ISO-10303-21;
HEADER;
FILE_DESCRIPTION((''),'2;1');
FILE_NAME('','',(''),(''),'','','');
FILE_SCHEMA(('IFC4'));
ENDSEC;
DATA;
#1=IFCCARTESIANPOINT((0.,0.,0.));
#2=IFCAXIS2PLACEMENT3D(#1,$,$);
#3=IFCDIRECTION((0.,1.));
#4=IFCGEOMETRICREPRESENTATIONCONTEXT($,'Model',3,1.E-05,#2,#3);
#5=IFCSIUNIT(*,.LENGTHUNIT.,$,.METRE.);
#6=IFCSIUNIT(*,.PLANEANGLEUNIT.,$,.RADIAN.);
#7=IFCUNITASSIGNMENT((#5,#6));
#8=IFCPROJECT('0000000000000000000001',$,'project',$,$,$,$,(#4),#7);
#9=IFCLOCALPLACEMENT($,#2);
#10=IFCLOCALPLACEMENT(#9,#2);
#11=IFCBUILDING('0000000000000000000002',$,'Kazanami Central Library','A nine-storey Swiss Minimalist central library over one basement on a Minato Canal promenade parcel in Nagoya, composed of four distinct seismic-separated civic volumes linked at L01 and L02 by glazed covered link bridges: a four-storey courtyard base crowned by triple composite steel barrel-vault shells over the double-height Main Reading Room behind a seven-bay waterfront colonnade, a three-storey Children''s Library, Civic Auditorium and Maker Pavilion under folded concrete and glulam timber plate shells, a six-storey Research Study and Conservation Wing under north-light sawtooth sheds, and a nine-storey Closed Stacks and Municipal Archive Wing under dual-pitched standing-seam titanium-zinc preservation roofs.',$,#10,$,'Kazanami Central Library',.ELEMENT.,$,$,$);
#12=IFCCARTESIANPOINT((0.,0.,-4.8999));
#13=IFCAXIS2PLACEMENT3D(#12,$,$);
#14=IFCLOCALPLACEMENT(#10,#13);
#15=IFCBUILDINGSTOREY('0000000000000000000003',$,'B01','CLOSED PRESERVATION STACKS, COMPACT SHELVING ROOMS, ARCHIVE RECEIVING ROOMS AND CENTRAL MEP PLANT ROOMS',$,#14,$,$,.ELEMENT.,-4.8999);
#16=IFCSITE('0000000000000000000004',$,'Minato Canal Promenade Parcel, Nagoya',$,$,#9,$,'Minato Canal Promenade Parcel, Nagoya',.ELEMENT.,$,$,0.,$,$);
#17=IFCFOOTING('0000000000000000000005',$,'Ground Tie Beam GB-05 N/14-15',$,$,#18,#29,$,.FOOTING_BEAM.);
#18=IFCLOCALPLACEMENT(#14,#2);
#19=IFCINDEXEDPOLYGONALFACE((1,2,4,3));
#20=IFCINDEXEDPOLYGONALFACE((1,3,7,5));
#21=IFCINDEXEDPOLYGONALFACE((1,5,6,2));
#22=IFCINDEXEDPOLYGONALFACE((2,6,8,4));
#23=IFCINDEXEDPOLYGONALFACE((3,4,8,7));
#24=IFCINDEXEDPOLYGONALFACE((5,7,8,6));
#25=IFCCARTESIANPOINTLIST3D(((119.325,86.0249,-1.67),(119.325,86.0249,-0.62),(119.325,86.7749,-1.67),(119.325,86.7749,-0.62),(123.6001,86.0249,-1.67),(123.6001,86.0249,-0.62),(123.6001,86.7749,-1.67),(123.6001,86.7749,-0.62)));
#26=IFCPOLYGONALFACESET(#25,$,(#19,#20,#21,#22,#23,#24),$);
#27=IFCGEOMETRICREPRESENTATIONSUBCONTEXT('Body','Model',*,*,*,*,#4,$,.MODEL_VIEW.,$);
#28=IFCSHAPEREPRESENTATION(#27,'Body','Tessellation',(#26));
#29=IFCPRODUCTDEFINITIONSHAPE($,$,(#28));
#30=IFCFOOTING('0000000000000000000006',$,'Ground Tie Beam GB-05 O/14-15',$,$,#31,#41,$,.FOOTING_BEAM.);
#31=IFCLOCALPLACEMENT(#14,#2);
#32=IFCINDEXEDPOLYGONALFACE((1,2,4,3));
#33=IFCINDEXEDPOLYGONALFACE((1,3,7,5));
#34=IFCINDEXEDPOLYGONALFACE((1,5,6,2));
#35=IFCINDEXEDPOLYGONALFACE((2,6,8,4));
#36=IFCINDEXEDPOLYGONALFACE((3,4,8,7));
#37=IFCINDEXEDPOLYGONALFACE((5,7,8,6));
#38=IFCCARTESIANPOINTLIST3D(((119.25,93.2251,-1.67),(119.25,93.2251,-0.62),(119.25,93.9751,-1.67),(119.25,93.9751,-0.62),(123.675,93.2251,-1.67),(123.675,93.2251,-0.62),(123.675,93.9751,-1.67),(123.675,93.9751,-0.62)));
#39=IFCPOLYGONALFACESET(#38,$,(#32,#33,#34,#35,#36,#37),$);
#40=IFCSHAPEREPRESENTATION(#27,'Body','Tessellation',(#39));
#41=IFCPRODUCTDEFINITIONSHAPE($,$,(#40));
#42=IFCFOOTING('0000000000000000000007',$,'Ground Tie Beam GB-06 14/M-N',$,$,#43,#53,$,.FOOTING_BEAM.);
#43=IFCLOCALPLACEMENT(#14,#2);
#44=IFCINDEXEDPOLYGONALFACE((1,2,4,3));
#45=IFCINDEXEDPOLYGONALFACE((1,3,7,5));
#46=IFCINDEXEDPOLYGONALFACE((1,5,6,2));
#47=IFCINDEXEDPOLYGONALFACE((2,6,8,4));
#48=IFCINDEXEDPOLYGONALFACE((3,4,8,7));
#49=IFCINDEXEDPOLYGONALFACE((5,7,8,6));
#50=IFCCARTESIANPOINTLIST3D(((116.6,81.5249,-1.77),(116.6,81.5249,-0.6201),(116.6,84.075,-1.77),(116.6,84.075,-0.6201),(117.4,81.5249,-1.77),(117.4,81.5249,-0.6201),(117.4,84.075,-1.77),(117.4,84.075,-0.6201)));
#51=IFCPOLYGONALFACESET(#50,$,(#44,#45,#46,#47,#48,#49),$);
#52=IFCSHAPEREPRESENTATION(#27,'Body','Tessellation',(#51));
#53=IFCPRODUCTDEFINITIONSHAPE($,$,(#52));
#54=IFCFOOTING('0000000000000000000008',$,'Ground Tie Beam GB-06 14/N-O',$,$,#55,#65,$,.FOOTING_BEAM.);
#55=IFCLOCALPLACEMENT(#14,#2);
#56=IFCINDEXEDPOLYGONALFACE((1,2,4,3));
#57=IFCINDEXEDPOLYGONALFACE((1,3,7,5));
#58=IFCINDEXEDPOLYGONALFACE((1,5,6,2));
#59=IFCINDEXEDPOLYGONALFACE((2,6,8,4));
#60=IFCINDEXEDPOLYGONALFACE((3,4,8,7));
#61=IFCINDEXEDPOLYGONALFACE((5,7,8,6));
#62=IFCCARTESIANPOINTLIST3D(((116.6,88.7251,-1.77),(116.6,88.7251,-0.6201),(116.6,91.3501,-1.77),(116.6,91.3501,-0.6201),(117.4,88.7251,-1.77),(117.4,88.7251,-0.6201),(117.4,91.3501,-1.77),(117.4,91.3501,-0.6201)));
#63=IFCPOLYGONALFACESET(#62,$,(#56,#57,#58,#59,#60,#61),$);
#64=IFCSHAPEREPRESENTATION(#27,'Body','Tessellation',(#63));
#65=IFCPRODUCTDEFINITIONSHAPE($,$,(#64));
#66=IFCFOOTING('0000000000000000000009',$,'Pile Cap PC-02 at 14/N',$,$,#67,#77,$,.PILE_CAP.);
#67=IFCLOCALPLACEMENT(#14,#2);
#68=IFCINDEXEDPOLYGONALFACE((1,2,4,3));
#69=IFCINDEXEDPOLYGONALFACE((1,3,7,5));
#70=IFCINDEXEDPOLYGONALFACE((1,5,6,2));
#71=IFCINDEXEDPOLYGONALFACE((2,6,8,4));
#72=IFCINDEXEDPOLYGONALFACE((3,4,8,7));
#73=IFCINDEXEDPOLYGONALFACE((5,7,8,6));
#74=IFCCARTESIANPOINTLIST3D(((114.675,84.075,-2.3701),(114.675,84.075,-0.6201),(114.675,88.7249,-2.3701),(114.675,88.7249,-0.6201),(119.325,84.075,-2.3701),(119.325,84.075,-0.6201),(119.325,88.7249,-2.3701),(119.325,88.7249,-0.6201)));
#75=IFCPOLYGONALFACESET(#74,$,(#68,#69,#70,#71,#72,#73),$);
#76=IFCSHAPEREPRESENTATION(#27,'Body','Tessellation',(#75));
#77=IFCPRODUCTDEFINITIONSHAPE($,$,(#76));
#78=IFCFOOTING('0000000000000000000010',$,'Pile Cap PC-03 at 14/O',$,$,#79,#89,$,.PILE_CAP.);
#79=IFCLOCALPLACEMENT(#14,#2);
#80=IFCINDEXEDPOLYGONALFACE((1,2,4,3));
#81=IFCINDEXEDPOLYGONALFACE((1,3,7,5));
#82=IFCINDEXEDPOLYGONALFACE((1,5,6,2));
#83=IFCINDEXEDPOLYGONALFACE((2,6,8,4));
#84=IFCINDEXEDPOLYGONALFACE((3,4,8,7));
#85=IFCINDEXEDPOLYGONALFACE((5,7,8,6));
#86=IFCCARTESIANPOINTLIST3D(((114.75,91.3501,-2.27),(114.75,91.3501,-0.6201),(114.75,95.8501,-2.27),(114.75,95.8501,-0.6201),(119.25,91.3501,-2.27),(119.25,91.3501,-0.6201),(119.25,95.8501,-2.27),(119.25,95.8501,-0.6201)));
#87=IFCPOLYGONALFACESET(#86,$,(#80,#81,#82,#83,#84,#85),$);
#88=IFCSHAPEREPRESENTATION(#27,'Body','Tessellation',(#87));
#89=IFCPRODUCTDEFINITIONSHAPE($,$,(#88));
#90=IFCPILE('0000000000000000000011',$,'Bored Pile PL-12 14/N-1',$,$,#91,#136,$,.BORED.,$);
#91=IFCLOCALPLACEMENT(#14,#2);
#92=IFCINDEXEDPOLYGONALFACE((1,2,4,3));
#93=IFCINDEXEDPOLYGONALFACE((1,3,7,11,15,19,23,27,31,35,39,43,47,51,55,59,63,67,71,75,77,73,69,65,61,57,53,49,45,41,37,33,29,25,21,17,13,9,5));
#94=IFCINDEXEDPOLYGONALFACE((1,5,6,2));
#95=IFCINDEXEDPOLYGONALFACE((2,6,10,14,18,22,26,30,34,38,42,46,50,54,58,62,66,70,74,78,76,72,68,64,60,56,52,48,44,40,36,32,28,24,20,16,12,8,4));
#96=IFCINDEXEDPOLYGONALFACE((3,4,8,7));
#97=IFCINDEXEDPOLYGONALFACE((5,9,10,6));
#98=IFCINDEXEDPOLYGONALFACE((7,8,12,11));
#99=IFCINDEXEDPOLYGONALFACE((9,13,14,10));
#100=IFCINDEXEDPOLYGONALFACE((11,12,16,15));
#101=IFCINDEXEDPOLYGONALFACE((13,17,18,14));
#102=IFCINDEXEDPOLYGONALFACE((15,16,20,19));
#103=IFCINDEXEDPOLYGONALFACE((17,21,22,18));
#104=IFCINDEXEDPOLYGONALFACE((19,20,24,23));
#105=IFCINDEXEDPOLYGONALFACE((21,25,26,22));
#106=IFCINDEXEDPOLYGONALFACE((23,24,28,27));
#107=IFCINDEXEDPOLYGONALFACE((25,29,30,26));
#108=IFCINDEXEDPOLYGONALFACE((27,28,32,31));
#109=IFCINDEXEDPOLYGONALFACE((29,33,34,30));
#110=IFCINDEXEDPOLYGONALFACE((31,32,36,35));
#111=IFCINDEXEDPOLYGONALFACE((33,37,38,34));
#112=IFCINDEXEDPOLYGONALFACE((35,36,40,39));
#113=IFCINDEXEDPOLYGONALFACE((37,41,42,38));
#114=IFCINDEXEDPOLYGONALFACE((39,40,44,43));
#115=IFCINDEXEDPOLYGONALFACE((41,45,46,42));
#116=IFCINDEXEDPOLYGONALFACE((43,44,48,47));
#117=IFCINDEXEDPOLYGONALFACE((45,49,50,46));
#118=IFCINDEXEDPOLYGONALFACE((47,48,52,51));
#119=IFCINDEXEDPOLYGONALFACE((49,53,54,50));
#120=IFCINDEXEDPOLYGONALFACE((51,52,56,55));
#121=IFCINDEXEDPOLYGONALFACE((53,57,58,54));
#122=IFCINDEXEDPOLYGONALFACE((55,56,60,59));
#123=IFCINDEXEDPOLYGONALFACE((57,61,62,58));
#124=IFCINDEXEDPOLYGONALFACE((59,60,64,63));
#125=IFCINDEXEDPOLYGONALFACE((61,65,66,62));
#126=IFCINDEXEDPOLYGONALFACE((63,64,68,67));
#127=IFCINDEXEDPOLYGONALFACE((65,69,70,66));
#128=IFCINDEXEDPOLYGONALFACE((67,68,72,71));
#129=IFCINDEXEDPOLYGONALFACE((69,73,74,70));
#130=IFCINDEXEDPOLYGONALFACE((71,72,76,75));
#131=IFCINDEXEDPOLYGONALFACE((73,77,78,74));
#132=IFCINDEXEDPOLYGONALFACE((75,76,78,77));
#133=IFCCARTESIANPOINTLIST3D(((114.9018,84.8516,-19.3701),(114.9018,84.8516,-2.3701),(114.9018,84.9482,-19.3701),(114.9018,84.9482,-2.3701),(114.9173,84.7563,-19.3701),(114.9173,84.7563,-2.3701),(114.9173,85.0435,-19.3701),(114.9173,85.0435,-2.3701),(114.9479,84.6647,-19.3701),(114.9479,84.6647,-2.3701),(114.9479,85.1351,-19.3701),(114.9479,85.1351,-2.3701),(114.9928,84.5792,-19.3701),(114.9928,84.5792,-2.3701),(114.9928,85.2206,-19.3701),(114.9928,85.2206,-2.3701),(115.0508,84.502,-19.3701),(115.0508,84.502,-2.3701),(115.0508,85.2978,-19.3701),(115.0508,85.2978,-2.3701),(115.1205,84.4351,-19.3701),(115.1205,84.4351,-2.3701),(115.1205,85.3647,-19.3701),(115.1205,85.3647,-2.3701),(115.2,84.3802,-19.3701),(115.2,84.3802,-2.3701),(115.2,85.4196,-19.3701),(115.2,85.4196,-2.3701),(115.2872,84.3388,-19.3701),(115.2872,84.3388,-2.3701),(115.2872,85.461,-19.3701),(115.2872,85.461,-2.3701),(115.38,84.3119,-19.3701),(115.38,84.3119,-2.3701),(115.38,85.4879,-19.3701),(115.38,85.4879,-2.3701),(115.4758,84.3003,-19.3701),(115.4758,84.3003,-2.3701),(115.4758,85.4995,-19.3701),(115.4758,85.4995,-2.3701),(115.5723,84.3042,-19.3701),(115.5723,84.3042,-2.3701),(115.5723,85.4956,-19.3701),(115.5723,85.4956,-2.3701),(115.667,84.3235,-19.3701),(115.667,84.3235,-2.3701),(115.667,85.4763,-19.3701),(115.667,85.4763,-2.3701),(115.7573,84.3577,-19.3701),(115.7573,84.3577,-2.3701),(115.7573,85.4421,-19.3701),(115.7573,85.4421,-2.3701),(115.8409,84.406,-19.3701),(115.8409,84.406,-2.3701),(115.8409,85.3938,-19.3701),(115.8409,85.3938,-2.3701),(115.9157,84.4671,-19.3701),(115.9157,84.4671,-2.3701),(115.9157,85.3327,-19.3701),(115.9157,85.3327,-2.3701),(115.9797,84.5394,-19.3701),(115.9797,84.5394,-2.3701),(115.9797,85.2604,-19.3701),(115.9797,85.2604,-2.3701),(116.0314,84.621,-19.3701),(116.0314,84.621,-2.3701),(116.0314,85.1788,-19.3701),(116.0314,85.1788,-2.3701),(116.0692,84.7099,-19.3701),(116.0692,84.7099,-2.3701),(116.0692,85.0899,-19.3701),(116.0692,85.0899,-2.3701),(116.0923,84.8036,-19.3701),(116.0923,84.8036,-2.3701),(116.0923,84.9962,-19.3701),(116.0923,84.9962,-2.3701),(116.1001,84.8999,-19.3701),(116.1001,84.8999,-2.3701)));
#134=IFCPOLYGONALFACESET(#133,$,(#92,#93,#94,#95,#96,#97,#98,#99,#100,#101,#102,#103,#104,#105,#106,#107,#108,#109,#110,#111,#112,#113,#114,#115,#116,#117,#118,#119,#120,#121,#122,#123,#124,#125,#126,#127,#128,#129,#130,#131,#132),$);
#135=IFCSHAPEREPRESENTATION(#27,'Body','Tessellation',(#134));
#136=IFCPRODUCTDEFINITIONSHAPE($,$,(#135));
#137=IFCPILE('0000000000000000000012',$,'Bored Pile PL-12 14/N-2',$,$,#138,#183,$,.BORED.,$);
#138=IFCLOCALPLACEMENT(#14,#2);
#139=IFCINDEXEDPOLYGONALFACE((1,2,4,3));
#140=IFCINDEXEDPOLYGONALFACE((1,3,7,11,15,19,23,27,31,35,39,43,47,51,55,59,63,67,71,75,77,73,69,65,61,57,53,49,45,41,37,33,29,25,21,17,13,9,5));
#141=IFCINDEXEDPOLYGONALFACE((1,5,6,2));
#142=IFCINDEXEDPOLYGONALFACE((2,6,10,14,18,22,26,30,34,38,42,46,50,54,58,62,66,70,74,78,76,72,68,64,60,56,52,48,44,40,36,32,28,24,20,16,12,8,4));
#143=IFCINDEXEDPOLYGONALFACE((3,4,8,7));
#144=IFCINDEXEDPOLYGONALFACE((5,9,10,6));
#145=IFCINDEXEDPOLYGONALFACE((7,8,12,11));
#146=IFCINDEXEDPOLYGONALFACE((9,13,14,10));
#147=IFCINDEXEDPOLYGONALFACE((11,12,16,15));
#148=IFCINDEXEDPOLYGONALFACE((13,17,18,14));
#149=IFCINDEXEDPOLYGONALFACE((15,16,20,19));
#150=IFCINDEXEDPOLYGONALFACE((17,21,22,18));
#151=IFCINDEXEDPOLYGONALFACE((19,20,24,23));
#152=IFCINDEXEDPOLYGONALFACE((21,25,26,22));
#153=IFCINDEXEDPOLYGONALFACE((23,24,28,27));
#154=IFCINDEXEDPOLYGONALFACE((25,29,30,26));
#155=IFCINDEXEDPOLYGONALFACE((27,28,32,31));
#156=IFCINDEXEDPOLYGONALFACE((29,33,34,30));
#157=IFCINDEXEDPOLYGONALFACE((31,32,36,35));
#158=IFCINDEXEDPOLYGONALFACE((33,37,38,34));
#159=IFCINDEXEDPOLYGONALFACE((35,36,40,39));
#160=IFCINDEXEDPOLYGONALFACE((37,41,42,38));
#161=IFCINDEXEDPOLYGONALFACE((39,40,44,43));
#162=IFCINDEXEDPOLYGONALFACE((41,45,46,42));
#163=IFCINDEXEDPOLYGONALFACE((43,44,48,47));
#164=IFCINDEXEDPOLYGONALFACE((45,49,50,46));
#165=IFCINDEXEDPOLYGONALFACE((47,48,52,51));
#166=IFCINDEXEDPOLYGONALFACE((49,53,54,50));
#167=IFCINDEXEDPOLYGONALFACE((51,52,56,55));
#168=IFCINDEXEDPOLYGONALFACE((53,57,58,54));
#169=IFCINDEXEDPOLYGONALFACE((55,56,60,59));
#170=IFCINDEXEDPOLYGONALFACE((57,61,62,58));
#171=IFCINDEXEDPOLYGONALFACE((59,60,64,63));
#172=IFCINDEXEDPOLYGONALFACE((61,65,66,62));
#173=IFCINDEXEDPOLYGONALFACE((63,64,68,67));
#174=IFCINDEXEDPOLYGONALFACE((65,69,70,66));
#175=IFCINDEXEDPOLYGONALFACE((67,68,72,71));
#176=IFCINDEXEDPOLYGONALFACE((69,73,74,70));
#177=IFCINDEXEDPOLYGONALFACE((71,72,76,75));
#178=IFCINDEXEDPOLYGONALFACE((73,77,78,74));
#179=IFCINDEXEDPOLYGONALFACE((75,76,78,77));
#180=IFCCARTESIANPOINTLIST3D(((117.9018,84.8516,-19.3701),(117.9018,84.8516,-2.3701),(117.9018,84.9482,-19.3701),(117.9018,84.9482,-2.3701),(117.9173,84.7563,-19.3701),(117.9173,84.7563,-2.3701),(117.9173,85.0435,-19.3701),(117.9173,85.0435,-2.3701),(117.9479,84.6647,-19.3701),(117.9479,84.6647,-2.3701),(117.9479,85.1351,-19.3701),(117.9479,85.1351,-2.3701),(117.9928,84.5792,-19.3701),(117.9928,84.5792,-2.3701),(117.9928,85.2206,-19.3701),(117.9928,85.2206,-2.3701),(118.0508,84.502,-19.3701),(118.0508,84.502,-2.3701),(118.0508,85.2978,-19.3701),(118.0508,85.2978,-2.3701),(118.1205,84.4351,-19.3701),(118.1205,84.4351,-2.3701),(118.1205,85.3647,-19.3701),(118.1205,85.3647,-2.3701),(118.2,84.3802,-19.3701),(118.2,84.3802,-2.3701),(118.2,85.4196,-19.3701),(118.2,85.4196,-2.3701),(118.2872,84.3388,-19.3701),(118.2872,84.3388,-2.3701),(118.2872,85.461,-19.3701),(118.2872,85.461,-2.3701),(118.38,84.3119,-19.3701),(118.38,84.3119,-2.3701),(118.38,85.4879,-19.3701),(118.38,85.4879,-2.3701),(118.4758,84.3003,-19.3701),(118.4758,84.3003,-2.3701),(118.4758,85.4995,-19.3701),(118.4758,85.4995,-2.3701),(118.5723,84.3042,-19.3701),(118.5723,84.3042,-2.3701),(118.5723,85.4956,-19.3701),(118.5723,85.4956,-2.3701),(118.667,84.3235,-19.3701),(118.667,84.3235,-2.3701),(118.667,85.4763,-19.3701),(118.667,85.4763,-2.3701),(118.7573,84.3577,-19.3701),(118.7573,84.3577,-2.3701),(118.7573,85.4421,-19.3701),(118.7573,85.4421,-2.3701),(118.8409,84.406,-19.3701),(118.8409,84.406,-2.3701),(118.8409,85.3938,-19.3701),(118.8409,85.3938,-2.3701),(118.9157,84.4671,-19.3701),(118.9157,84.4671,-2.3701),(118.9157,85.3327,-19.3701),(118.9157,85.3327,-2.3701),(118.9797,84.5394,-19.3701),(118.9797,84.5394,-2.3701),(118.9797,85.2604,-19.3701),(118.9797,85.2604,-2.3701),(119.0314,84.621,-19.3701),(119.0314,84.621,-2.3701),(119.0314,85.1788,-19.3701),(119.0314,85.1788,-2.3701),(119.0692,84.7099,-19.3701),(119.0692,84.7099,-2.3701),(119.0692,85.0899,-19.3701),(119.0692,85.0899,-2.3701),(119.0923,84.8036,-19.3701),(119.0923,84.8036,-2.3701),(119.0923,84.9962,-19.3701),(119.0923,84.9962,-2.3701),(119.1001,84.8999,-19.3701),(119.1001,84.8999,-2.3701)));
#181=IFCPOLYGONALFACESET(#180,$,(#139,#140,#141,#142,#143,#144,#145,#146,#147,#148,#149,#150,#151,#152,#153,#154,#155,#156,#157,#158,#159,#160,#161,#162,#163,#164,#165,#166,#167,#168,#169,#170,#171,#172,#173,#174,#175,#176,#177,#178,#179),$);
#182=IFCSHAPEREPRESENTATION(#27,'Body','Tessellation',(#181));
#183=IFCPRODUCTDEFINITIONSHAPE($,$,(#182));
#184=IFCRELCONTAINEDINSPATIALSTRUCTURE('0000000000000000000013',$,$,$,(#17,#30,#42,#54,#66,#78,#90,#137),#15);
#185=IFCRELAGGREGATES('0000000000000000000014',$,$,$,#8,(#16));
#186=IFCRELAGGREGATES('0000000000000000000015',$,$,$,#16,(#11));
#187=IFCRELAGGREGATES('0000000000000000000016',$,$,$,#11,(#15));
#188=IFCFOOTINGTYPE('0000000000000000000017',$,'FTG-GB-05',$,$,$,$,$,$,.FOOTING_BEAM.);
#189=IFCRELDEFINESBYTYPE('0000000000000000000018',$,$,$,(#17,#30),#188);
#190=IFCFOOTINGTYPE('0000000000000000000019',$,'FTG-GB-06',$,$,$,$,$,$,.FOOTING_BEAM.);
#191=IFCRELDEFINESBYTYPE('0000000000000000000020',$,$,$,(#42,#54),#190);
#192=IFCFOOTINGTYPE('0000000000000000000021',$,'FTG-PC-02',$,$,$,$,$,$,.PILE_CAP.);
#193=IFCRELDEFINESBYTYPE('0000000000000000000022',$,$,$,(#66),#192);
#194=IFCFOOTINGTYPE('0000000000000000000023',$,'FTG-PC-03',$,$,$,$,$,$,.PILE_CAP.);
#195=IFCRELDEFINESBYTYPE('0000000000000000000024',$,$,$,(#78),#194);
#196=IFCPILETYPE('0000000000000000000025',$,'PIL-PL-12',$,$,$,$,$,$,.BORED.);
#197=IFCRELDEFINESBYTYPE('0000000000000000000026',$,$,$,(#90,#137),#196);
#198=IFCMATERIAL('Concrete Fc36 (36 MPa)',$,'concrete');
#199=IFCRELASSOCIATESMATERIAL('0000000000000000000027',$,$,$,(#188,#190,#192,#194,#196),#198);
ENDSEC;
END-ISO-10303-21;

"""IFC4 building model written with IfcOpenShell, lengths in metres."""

from ifc_helpers import new_model, si_unit, direction, frame, origin, origin_2d, place, context, subcontext, project, spatial, rectangle, circle, extrude, material, material_profile, profile_set, type_object, element, save


model = new_model("IFC4")

# Units and contexts
model_context = context("Model", 3, precision=1e-05, world=origin(), true_north=direction((0.0, 1.0)))
body_context = subcontext(model_context, "Body", "Model", "MODEL_VIEW")
ifc_project = project(units=[si_unit("LENGTHUNIT", "METRE"), si_unit("PLANEANGLEUNIT", "RADIAN")], contexts=[model_context])

# Site, building, storey
site_placement = place(None, origin())
site = spatial("IfcSite", under=ifc_project, at=site_placement, Name="Minato Canal Promenade Parcel, Nagoya", LongName="Minato Canal Promenade Parcel, Nagoya", CompositionType="ELEMENT", RefElevation=0.0)
building_placement = place(site_placement, origin())
building = spatial("IfcBuilding", under=site, at=building_placement, Name="Kazanami Central Library", Description="A nine-storey Swiss Minimalist central library over one basement on a Minato Canal promenade parcel in Nagoya, composed of four distinct seismic-separated civic volumes linked at L01 and L02 by glazed covered link bridges: a four-storey courtyard base crowned by triple composite steel barrel-vault shells over the double-height Main Reading Room behind a seven-bay waterfront colonnade, a three-storey Children's Library, Civic Auditorium and Maker Pavilion under folded concrete and glulam timber plate shells, a six-storey Research Study and Conservation Wing under north-light sawtooth sheds, and a nine-storey Closed Stacks and Municipal Archive Wing under dual-pitched standing-seam titanium-zinc preservation roofs.", LongName="Kazanami Central Library", CompositionType="ELEMENT")
storey_placement = place(building_placement, frame((0.0, 0.0, -4.8999)))
storey = spatial("IfcBuildingStorey", under=building, at=storey_placement, Name="B01", Description="CLOSED PRESERVATION STACKS, COMPACT SHELVING ROOMS, ARCHIVE RECEIVING ROOMS AND CENTRAL MEP PLANT ROOMS", CompositionType="ELEMENT", Elevation=-4.8999)

# Footings
ifc_material_1 = material(Name="Concrete Fc36 (36 MPa)", Category="concrete")
ifc_material_profile_1 = material_profile(ifc_material_1, rectangle(XDim=0.75, YDim=1.05, at=origin_2d()), Name="RC-750x1050")
ifc_profile_set_1 = profile_set([ifc_material_profile_1], Name="Concrete Fc36 (36 MPa)")
footing_type_1 = type_object("IfcFootingType", Name="FTG-GB-05", PredefinedType="FOOTING_BEAM", material=ifc_profile_set_1)
footing_1_placement = place(storey_placement, frame((119.325, 86.3999, -1.145), z_axis=(1.0, 0.0, 0.0), x_axis=(0.0, 1.0, 0.0)))
element("IfcFooting", 1, at=footing_1_placement, inside=storey, type_object=footing_type_1, Name="Ground Tie Beam GB-05 N/14-15", PredefinedType="FOOTING_BEAM", context=body_context, shape_type="SweptSolid", body=[
    extrude(rectangle(XDim=0.75, YDim=1.05, at=origin_2d()), origin(), (0.0, 0.0, 1.0), 4.2751),
])
footing_2_placement = place(storey_placement, frame((119.25, 93.6001, -1.145), z_axis=(1.0, 0.0, 0.0), x_axis=(0.0, 1.0, 0.0)))
element("IfcFooting", 2, at=footing_2_placement, inside=storey, type_object=footing_type_1, Name="Ground Tie Beam GB-05 O/14-15", PredefinedType="FOOTING_BEAM", context=body_context, shape_type="SweptSolid", body=[
    extrude(rectangle(XDim=0.75, YDim=1.05, at=origin_2d()), origin(), (0.0, 0.0, 1.0), 4.425),
])
ifc_material_profile_2 = material_profile(ifc_material_1, rectangle(XDim=0.8, YDim=1.1499, at=origin_2d()), Name="RC-800x1150")
ifc_profile_set_2 = profile_set([ifc_material_profile_2], Name="Concrete Fc36 (36 MPa)")
footing_type_2 = type_object("IfcFootingType", Name="FTG-GB-06", PredefinedType="FOOTING_BEAM", material=ifc_profile_set_2)
footing_3_placement = place(storey_placement, frame((117.0, 81.5249, -1.1951), z_axis=(0.0, 1.0, 0.0), x_axis=(-1.0, 0.0, 0.0)))
element("IfcFooting", 3, at=footing_3_placement, inside=storey, type_object=footing_type_2, Name="Ground Tie Beam GB-06 14/M-N", PredefinedType="FOOTING_BEAM", context=body_context, shape_type="SweptSolid", body=[
    extrude(rectangle(XDim=0.8, YDim=1.1499, at=origin_2d()), origin(), (0.0, 0.0, 1.0), 2.55),
])
footing_4_placement = place(storey_placement, frame((117.0, 88.7251, -1.1951), z_axis=(0.0, 1.0, 0.0), x_axis=(-1.0, 0.0, 0.0)))
element("IfcFooting", 4, at=footing_4_placement, inside=storey, type_object=footing_type_2, Name="Ground Tie Beam GB-06 14/N-O", PredefinedType="FOOTING_BEAM", context=body_context, shape_type="SweptSolid", body=[
    extrude(rectangle(XDim=0.8, YDim=1.1499, at=origin_2d()), origin(), (0.0, 0.0, 1.0), 2.625),
])
footing_type_3 = type_object("IfcFootingType", Name="FTG-PC-02", PredefinedType="PILE_CAP", material=ifc_material_1)
footing_5_placement = place(storey_placement, frame((117.0, 86.3999, -2.3701), z_axis=(0.0, 0.0, 1.0), x_axis=(1.0, 0.0, 0.0)))
element("IfcFooting", 5, at=footing_5_placement, inside=storey, type_object=footing_type_3, Name="Pile Cap PC-02 at 14/N", PredefinedType="PILE_CAP", context=body_context, shape_type="SweptSolid", body=[
    extrude(rectangle(XDim=4.6499, YDim=4.6499, at=origin_2d()), origin(), (0.0, 0.0, 1.0), 1.75),
])
footing_type_4 = type_object("IfcFootingType", Name="FTG-PC-03", PredefinedType="PILE_CAP", material=ifc_material_1)
footing_6_placement = place(storey_placement, frame((117.0, 93.6001, -2.27), z_axis=(0.0, 0.0, 1.0), x_axis=(1.0, 0.0, 0.0)))
element("IfcFooting", 6, at=footing_6_placement, inside=storey, type_object=footing_type_4, Name="Pile Cap PC-03 at 14/O", PredefinedType="PILE_CAP", context=body_context, shape_type="SweptSolid", body=[
    extrude(rectangle(XDim=4.5, YDim=4.5, at=origin_2d()), origin(), (0.0, 0.0, 1.0), 1.6499),
])

# Piles
ifc_material_profile_3 = material_profile(ifc_material_1, circle(Radius=0.6001, at=origin_2d()), Name="BORED-D1200")
ifc_profile_set_3 = profile_set([ifc_material_profile_3], Name="Concrete Fc36 (36 MPa)")
pile_type = type_object("IfcPileType", Name="PIL-PL-12", PredefinedType="BORED", material=ifc_profile_set_3)
for number, where, z_axis, x_axis, name in (
    (7, (115.5, 84.8999, -2.3701), (0.0, 0.0, -1.0), (1.0, 0.0, 0.0), "Bored Pile PL-12 14/N-1"),
    (8, (118.5, 84.8999, -2.3701), (0.0, 0.0, -1.0), (1.0, 0.0, 0.0), "Bored Pile PL-12 14/N-2"),
):
    element("IfcPile", number, at=place(storey_placement, frame(where, z_axis=z_axis, x_axis=x_axis)), inside=storey, type_object=pile_type, Name=name, PredefinedType="BORED", context=body_context, shape_type="SweptSolid", body=[
        extrude(circle(Radius=0.6001, at=origin_2d()), origin(), (0.0, 0.0, 1.0), 17.0),
    ])

save(model, "model.ifc")
